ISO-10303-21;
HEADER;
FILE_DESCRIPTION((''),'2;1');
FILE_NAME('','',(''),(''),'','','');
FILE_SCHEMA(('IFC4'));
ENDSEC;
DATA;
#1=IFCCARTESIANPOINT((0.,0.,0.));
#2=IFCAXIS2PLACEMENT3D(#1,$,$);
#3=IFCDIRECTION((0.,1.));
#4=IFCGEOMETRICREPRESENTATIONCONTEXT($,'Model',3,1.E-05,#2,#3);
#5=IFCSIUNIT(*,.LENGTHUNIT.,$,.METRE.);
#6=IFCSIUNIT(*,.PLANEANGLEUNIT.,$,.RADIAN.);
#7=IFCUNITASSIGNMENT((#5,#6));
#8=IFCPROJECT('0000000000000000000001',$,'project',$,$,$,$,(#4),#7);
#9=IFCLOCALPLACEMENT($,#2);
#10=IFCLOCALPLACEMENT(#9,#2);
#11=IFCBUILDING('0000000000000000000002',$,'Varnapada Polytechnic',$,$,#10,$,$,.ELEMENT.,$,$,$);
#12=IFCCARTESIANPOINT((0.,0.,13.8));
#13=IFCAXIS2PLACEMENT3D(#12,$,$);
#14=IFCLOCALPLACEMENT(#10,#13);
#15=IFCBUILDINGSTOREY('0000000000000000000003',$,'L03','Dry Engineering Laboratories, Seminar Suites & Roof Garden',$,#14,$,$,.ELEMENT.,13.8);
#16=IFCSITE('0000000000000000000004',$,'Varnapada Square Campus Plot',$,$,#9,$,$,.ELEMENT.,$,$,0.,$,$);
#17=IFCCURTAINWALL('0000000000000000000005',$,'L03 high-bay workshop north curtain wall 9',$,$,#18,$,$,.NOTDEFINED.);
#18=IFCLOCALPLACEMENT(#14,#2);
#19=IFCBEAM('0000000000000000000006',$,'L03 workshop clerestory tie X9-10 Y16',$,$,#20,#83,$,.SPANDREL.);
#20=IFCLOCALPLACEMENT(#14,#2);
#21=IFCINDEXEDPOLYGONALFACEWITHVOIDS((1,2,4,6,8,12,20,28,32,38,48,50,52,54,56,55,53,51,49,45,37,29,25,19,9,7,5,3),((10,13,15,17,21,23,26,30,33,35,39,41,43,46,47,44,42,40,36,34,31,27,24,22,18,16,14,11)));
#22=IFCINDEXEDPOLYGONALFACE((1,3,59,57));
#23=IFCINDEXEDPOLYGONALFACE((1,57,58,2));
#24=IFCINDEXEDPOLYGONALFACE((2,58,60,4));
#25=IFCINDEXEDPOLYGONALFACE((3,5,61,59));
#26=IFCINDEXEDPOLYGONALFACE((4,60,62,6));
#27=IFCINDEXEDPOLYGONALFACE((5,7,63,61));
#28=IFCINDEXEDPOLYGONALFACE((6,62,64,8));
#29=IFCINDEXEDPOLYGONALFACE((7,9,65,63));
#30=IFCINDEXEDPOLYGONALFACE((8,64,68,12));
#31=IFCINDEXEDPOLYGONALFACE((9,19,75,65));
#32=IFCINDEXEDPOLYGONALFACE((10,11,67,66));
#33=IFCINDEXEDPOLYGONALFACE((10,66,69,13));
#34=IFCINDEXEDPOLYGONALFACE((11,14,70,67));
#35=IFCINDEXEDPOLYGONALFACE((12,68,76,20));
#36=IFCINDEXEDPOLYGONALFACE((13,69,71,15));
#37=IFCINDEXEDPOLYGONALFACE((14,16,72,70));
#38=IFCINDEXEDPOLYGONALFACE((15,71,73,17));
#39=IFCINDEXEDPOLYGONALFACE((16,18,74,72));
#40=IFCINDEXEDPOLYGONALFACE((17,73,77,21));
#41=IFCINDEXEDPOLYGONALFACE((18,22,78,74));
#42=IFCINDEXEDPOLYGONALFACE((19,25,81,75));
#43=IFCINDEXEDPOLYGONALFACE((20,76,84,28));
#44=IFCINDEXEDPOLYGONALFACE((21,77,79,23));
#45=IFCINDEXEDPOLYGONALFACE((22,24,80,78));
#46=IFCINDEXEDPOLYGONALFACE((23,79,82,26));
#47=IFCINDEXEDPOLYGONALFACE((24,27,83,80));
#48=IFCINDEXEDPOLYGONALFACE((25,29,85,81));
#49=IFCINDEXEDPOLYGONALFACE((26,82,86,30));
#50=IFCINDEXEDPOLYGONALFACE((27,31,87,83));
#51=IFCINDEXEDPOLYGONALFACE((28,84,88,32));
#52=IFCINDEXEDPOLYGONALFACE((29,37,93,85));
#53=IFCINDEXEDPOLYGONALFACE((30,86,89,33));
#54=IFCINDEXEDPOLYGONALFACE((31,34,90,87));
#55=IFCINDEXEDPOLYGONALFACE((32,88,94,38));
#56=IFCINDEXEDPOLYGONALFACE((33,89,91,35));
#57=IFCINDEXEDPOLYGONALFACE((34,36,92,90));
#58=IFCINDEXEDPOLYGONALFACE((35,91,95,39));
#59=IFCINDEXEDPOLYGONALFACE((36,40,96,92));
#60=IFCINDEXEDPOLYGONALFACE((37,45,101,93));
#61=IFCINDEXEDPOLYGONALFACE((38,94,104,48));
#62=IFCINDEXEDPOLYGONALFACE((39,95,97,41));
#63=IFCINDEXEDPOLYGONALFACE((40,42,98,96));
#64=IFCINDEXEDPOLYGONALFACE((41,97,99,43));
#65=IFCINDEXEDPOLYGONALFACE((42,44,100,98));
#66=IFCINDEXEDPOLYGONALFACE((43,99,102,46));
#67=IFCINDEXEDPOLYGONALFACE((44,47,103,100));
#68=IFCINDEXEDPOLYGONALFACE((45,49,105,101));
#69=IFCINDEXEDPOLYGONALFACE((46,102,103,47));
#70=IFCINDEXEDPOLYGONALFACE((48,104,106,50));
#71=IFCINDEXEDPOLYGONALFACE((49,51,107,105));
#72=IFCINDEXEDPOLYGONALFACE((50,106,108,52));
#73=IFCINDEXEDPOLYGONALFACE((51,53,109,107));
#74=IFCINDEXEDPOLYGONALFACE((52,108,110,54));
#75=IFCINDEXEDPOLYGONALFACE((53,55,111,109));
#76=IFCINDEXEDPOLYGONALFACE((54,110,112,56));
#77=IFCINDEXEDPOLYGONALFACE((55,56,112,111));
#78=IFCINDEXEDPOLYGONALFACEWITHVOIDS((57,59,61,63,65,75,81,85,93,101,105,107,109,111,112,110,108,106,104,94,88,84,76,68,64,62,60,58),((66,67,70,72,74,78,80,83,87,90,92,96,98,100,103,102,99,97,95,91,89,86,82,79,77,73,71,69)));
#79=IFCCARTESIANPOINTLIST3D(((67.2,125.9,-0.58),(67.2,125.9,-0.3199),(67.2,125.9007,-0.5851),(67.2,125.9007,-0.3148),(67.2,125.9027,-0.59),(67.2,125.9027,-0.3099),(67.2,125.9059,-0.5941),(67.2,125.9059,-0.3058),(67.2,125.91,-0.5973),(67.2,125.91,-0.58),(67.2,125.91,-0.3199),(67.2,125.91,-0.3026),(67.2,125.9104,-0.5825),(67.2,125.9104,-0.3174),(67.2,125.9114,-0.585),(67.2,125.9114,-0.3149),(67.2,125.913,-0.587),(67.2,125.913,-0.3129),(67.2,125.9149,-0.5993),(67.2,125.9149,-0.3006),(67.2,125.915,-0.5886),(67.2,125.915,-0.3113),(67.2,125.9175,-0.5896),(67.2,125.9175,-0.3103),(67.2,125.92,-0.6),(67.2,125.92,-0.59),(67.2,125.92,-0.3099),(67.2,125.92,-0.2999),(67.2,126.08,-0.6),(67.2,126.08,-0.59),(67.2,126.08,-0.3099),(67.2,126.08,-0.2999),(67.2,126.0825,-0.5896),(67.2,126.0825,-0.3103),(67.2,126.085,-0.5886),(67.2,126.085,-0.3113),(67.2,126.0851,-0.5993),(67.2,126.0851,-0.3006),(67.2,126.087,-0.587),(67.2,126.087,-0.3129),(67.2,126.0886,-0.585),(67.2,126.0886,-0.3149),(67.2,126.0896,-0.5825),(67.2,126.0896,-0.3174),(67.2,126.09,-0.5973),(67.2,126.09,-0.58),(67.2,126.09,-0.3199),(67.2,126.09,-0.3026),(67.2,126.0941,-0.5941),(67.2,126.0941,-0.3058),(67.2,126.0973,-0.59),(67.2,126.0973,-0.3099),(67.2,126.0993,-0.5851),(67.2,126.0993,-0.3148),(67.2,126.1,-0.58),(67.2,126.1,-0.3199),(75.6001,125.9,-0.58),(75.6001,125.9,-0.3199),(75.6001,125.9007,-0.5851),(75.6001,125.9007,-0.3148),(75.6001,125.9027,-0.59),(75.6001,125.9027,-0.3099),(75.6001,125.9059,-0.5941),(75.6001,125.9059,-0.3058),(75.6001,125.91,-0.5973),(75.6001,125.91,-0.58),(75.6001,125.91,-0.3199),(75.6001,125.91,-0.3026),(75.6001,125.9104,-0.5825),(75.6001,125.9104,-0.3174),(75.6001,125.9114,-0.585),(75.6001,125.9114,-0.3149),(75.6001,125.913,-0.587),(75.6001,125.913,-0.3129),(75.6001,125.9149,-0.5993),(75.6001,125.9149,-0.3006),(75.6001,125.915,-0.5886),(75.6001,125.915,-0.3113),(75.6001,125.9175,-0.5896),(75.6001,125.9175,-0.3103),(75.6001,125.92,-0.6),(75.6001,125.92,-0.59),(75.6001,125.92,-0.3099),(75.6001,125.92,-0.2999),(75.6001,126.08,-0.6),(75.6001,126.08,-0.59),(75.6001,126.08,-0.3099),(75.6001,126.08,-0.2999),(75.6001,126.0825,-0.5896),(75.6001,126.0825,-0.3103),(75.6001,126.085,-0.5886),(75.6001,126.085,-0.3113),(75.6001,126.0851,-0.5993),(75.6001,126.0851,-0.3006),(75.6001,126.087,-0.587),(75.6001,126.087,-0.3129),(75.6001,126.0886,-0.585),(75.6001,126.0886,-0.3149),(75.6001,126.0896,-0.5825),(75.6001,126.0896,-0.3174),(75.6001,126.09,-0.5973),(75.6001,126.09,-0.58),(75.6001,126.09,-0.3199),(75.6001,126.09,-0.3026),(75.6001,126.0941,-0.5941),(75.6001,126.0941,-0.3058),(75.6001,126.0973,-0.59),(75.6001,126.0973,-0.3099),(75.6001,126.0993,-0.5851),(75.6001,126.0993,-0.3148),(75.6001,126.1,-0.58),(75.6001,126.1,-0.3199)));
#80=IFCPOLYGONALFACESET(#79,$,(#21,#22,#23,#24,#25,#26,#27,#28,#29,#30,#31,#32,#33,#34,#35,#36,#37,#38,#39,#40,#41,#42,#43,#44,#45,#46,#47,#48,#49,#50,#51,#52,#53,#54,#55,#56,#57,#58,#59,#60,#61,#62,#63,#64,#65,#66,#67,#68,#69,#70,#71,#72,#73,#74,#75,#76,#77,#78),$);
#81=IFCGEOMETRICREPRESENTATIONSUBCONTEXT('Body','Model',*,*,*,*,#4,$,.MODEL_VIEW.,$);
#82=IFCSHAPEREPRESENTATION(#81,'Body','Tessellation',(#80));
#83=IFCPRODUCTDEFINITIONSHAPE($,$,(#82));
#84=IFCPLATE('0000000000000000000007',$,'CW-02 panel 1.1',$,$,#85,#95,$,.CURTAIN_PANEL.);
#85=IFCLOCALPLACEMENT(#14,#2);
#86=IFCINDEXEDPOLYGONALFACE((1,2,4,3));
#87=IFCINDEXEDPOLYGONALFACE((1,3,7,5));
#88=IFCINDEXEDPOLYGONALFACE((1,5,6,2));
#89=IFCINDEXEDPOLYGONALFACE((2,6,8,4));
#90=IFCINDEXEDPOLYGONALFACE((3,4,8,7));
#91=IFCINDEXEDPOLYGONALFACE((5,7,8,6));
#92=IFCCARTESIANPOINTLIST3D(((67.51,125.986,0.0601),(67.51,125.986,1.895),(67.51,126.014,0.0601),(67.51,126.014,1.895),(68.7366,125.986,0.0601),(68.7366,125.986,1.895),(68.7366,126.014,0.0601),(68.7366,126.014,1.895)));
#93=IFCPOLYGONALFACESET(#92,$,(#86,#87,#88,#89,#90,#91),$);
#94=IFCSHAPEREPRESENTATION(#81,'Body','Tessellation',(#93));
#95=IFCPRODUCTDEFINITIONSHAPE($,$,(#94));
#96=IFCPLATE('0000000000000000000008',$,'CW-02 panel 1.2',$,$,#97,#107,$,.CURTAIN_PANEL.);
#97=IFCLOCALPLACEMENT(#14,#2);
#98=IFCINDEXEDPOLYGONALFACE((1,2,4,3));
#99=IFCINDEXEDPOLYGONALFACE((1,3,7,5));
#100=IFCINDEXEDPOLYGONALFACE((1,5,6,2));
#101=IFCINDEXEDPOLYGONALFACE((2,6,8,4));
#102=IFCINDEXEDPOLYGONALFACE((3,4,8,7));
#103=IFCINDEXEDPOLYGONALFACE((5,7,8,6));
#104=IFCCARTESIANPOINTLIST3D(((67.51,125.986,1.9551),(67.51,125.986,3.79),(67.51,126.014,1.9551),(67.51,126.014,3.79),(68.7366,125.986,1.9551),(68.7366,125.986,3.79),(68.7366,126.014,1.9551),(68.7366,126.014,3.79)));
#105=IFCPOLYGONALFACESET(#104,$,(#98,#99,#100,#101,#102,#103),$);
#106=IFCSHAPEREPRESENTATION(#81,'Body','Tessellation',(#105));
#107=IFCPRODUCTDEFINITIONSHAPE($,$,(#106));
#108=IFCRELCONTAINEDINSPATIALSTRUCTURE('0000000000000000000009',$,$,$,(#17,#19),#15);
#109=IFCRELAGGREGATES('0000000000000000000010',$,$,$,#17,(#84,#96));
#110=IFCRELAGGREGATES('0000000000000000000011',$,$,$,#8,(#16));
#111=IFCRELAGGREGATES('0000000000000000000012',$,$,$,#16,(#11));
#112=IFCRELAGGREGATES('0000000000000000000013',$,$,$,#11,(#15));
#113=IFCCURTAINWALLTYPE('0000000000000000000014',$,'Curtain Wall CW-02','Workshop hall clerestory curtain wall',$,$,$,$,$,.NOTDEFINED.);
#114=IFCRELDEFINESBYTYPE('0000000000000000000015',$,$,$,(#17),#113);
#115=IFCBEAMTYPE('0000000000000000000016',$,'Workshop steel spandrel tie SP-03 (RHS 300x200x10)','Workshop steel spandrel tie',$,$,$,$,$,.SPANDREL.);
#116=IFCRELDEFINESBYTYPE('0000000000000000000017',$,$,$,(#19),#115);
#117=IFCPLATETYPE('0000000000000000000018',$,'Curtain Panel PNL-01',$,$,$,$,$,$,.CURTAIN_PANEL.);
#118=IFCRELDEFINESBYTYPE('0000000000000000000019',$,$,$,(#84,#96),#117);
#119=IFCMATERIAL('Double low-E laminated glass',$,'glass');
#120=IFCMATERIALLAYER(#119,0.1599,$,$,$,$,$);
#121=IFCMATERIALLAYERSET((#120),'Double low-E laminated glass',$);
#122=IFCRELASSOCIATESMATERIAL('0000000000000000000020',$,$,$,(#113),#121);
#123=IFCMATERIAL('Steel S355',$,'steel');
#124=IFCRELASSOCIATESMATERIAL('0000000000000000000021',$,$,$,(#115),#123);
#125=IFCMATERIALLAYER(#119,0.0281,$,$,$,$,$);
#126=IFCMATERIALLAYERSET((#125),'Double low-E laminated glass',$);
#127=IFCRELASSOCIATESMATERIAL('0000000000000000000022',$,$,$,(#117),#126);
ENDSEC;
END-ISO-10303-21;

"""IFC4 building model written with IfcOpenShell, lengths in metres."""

from ifc_helpers import new_model, si_unit, direction, frame, origin, origin_2d, place, context, subcontext, project, spatial, rectangle, hollow_rectangle, extrude, material, layer, layer_set, material_profile, profile_set, type_object, element, aggregate, save


model = new_model("IFC4")

# Units and contexts
model_context = context("Model", 3, precision=1e-05, world=origin(), true_north=direction((0.0, 1.0)))
body_context = subcontext(model_context, "Body", "Model", "MODEL_VIEW")
ifc_project = project(units=[si_unit("LENGTHUNIT", "METRE"), si_unit("PLANEANGLEUNIT", "RADIAN")], contexts=[model_context])

# Site, building, storey
site_placement = place(None, origin())
site = spatial("IfcSite", under=ifc_project, at=site_placement, Name="Varnapada Square Campus Plot", CompositionType="ELEMENT", RefElevation=0.0)
building_placement = place(site_placement, origin())
building = spatial("IfcBuilding", under=site, at=building_placement, Name="Varnapada Polytechnic", CompositionType="ELEMENT")
storey_placement = place(building_placement, frame((0.0, 0.0, 13.8)))
storey = spatial("IfcBuildingStorey", under=building, at=storey_placement, Name="L03", Description="Dry Engineering Laboratories, Seminar Suites & Roof Garden", CompositionType="ELEMENT", Elevation=13.8)

# Shared definitions
ifc_material_1 = material(Name="Steel S355", Category="steel")

# Curtain wall
ifc_material_2 = material(Name="Double low-E laminated glass", Category="glass")
ifc_layer_1 = layer(ifc_material_2, 0.1599)
ifc_layer_set_1 = layer_set([ifc_layer_1], Name="Double low-E laminated glass")
curtain_wall_type = type_object("IfcCurtainWallType", Name="Curtain Wall CW-02", Description="Workshop hall clerestory curtain wall", PredefinedType="NOTDEFINED", material=ifc_layer_set_1)
curtain_wall_1_placement = place(storey_placement, origin())
curtain_wall_1 = element("IfcCurtainWall", 1, at=curtain_wall_1_placement, inside=storey, type_object=curtain_wall_type, Name="L03 high-bay workshop north curtain wall 9", PredefinedType="NOTDEFINED")

# Beam
ifc_material_profile_1 = material_profile(ifc_material_1, hollow_rectangle(XDim=0.2, YDim=0.3, WallThickness=0.01, InnerFilletRadius=0.01, OuterFilletRadius=0.02, at=origin_2d()), Name="RHS 300x200x10")
ifc_profile_set_1 = profile_set([ifc_material_profile_1], Name="Steel S355")
beam_type = type_object("IfcBeamType", Name="Workshop steel spandrel tie SP-03 (RHS 300x200x10)", Description="Workshop steel spandrel tie", PredefinedType="SPANDREL", material=ifc_profile_set_1)
beam_placement = place(storey_placement, frame((67.2, 126.0, -0.45), z_axis=(1.0, 0.0, 0.0), x_axis=(0.0, 1.0, 0.0)))
element("IfcBeam", 2, at=beam_placement, inside=storey, type_object=beam_type, Name="L03 workshop clerestory tie X9-10 Y16", PredefinedType="SPANDREL", context=body_context, shape_type="SweptSolid", body=[
    extrude(hollow_rectangle(XDim=0.2, YDim=0.3, WallThickness=0.01, InnerFilletRadius=0.01, OuterFilletRadius=0.02, at=origin_2d()), origin(), (0.0, 0.0, 1.0), 8.4001),
])

# Plates
ifc_layer_2 = layer(ifc_material_2, 0.0281)
ifc_layer_set_2 = layer_set([ifc_layer_2], Name="Double low-E laminated glass")
plate_type = type_object("IfcPlateType", Name="Curtain Panel PNL-01", PredefinedType="CURTAIN_PANEL", material=ifc_layer_set_2)
plate_1_placement = place(storey_placement, frame((68.1233, 126.0, 0.0601), z_axis=(0.0, 0.0, 1.0), x_axis=(1.0, 0.0, 0.0)))
plate_1 = element("IfcPlate", 3, at=plate_1_placement, type_object=plate_type, Name="CW-02 panel 1.1", PredefinedType="CURTAIN_PANEL", context=body_context, shape_type="SweptSolid", body=[
    extrude(rectangle(XDim=1.2266, YDim=0.0281, at=origin_2d()), origin(), (0.0, 0.0, 1.0), 1.835),
])
plate_2_placement = place(storey_placement, frame((68.1233, 126.0, 1.9551), z_axis=(0.0, 0.0, 1.0), x_axis=(1.0, 0.0, 0.0)))
plate_2 = element("IfcPlate", 4, at=plate_2_placement, type_object=plate_type, Name="CW-02 panel 1.2", PredefinedType="CURTAIN_PANEL", context=body_context, shape_type="SweptSolid", body=[
    extrude(rectangle(XDim=1.2266, YDim=0.0281, at=origin_2d()), origin(), (0.0, 0.0, 1.0), 1.835),
])
aggregate(curtain_wall_1, [plate_1, plate_2])

save(model, "model.ifc")
